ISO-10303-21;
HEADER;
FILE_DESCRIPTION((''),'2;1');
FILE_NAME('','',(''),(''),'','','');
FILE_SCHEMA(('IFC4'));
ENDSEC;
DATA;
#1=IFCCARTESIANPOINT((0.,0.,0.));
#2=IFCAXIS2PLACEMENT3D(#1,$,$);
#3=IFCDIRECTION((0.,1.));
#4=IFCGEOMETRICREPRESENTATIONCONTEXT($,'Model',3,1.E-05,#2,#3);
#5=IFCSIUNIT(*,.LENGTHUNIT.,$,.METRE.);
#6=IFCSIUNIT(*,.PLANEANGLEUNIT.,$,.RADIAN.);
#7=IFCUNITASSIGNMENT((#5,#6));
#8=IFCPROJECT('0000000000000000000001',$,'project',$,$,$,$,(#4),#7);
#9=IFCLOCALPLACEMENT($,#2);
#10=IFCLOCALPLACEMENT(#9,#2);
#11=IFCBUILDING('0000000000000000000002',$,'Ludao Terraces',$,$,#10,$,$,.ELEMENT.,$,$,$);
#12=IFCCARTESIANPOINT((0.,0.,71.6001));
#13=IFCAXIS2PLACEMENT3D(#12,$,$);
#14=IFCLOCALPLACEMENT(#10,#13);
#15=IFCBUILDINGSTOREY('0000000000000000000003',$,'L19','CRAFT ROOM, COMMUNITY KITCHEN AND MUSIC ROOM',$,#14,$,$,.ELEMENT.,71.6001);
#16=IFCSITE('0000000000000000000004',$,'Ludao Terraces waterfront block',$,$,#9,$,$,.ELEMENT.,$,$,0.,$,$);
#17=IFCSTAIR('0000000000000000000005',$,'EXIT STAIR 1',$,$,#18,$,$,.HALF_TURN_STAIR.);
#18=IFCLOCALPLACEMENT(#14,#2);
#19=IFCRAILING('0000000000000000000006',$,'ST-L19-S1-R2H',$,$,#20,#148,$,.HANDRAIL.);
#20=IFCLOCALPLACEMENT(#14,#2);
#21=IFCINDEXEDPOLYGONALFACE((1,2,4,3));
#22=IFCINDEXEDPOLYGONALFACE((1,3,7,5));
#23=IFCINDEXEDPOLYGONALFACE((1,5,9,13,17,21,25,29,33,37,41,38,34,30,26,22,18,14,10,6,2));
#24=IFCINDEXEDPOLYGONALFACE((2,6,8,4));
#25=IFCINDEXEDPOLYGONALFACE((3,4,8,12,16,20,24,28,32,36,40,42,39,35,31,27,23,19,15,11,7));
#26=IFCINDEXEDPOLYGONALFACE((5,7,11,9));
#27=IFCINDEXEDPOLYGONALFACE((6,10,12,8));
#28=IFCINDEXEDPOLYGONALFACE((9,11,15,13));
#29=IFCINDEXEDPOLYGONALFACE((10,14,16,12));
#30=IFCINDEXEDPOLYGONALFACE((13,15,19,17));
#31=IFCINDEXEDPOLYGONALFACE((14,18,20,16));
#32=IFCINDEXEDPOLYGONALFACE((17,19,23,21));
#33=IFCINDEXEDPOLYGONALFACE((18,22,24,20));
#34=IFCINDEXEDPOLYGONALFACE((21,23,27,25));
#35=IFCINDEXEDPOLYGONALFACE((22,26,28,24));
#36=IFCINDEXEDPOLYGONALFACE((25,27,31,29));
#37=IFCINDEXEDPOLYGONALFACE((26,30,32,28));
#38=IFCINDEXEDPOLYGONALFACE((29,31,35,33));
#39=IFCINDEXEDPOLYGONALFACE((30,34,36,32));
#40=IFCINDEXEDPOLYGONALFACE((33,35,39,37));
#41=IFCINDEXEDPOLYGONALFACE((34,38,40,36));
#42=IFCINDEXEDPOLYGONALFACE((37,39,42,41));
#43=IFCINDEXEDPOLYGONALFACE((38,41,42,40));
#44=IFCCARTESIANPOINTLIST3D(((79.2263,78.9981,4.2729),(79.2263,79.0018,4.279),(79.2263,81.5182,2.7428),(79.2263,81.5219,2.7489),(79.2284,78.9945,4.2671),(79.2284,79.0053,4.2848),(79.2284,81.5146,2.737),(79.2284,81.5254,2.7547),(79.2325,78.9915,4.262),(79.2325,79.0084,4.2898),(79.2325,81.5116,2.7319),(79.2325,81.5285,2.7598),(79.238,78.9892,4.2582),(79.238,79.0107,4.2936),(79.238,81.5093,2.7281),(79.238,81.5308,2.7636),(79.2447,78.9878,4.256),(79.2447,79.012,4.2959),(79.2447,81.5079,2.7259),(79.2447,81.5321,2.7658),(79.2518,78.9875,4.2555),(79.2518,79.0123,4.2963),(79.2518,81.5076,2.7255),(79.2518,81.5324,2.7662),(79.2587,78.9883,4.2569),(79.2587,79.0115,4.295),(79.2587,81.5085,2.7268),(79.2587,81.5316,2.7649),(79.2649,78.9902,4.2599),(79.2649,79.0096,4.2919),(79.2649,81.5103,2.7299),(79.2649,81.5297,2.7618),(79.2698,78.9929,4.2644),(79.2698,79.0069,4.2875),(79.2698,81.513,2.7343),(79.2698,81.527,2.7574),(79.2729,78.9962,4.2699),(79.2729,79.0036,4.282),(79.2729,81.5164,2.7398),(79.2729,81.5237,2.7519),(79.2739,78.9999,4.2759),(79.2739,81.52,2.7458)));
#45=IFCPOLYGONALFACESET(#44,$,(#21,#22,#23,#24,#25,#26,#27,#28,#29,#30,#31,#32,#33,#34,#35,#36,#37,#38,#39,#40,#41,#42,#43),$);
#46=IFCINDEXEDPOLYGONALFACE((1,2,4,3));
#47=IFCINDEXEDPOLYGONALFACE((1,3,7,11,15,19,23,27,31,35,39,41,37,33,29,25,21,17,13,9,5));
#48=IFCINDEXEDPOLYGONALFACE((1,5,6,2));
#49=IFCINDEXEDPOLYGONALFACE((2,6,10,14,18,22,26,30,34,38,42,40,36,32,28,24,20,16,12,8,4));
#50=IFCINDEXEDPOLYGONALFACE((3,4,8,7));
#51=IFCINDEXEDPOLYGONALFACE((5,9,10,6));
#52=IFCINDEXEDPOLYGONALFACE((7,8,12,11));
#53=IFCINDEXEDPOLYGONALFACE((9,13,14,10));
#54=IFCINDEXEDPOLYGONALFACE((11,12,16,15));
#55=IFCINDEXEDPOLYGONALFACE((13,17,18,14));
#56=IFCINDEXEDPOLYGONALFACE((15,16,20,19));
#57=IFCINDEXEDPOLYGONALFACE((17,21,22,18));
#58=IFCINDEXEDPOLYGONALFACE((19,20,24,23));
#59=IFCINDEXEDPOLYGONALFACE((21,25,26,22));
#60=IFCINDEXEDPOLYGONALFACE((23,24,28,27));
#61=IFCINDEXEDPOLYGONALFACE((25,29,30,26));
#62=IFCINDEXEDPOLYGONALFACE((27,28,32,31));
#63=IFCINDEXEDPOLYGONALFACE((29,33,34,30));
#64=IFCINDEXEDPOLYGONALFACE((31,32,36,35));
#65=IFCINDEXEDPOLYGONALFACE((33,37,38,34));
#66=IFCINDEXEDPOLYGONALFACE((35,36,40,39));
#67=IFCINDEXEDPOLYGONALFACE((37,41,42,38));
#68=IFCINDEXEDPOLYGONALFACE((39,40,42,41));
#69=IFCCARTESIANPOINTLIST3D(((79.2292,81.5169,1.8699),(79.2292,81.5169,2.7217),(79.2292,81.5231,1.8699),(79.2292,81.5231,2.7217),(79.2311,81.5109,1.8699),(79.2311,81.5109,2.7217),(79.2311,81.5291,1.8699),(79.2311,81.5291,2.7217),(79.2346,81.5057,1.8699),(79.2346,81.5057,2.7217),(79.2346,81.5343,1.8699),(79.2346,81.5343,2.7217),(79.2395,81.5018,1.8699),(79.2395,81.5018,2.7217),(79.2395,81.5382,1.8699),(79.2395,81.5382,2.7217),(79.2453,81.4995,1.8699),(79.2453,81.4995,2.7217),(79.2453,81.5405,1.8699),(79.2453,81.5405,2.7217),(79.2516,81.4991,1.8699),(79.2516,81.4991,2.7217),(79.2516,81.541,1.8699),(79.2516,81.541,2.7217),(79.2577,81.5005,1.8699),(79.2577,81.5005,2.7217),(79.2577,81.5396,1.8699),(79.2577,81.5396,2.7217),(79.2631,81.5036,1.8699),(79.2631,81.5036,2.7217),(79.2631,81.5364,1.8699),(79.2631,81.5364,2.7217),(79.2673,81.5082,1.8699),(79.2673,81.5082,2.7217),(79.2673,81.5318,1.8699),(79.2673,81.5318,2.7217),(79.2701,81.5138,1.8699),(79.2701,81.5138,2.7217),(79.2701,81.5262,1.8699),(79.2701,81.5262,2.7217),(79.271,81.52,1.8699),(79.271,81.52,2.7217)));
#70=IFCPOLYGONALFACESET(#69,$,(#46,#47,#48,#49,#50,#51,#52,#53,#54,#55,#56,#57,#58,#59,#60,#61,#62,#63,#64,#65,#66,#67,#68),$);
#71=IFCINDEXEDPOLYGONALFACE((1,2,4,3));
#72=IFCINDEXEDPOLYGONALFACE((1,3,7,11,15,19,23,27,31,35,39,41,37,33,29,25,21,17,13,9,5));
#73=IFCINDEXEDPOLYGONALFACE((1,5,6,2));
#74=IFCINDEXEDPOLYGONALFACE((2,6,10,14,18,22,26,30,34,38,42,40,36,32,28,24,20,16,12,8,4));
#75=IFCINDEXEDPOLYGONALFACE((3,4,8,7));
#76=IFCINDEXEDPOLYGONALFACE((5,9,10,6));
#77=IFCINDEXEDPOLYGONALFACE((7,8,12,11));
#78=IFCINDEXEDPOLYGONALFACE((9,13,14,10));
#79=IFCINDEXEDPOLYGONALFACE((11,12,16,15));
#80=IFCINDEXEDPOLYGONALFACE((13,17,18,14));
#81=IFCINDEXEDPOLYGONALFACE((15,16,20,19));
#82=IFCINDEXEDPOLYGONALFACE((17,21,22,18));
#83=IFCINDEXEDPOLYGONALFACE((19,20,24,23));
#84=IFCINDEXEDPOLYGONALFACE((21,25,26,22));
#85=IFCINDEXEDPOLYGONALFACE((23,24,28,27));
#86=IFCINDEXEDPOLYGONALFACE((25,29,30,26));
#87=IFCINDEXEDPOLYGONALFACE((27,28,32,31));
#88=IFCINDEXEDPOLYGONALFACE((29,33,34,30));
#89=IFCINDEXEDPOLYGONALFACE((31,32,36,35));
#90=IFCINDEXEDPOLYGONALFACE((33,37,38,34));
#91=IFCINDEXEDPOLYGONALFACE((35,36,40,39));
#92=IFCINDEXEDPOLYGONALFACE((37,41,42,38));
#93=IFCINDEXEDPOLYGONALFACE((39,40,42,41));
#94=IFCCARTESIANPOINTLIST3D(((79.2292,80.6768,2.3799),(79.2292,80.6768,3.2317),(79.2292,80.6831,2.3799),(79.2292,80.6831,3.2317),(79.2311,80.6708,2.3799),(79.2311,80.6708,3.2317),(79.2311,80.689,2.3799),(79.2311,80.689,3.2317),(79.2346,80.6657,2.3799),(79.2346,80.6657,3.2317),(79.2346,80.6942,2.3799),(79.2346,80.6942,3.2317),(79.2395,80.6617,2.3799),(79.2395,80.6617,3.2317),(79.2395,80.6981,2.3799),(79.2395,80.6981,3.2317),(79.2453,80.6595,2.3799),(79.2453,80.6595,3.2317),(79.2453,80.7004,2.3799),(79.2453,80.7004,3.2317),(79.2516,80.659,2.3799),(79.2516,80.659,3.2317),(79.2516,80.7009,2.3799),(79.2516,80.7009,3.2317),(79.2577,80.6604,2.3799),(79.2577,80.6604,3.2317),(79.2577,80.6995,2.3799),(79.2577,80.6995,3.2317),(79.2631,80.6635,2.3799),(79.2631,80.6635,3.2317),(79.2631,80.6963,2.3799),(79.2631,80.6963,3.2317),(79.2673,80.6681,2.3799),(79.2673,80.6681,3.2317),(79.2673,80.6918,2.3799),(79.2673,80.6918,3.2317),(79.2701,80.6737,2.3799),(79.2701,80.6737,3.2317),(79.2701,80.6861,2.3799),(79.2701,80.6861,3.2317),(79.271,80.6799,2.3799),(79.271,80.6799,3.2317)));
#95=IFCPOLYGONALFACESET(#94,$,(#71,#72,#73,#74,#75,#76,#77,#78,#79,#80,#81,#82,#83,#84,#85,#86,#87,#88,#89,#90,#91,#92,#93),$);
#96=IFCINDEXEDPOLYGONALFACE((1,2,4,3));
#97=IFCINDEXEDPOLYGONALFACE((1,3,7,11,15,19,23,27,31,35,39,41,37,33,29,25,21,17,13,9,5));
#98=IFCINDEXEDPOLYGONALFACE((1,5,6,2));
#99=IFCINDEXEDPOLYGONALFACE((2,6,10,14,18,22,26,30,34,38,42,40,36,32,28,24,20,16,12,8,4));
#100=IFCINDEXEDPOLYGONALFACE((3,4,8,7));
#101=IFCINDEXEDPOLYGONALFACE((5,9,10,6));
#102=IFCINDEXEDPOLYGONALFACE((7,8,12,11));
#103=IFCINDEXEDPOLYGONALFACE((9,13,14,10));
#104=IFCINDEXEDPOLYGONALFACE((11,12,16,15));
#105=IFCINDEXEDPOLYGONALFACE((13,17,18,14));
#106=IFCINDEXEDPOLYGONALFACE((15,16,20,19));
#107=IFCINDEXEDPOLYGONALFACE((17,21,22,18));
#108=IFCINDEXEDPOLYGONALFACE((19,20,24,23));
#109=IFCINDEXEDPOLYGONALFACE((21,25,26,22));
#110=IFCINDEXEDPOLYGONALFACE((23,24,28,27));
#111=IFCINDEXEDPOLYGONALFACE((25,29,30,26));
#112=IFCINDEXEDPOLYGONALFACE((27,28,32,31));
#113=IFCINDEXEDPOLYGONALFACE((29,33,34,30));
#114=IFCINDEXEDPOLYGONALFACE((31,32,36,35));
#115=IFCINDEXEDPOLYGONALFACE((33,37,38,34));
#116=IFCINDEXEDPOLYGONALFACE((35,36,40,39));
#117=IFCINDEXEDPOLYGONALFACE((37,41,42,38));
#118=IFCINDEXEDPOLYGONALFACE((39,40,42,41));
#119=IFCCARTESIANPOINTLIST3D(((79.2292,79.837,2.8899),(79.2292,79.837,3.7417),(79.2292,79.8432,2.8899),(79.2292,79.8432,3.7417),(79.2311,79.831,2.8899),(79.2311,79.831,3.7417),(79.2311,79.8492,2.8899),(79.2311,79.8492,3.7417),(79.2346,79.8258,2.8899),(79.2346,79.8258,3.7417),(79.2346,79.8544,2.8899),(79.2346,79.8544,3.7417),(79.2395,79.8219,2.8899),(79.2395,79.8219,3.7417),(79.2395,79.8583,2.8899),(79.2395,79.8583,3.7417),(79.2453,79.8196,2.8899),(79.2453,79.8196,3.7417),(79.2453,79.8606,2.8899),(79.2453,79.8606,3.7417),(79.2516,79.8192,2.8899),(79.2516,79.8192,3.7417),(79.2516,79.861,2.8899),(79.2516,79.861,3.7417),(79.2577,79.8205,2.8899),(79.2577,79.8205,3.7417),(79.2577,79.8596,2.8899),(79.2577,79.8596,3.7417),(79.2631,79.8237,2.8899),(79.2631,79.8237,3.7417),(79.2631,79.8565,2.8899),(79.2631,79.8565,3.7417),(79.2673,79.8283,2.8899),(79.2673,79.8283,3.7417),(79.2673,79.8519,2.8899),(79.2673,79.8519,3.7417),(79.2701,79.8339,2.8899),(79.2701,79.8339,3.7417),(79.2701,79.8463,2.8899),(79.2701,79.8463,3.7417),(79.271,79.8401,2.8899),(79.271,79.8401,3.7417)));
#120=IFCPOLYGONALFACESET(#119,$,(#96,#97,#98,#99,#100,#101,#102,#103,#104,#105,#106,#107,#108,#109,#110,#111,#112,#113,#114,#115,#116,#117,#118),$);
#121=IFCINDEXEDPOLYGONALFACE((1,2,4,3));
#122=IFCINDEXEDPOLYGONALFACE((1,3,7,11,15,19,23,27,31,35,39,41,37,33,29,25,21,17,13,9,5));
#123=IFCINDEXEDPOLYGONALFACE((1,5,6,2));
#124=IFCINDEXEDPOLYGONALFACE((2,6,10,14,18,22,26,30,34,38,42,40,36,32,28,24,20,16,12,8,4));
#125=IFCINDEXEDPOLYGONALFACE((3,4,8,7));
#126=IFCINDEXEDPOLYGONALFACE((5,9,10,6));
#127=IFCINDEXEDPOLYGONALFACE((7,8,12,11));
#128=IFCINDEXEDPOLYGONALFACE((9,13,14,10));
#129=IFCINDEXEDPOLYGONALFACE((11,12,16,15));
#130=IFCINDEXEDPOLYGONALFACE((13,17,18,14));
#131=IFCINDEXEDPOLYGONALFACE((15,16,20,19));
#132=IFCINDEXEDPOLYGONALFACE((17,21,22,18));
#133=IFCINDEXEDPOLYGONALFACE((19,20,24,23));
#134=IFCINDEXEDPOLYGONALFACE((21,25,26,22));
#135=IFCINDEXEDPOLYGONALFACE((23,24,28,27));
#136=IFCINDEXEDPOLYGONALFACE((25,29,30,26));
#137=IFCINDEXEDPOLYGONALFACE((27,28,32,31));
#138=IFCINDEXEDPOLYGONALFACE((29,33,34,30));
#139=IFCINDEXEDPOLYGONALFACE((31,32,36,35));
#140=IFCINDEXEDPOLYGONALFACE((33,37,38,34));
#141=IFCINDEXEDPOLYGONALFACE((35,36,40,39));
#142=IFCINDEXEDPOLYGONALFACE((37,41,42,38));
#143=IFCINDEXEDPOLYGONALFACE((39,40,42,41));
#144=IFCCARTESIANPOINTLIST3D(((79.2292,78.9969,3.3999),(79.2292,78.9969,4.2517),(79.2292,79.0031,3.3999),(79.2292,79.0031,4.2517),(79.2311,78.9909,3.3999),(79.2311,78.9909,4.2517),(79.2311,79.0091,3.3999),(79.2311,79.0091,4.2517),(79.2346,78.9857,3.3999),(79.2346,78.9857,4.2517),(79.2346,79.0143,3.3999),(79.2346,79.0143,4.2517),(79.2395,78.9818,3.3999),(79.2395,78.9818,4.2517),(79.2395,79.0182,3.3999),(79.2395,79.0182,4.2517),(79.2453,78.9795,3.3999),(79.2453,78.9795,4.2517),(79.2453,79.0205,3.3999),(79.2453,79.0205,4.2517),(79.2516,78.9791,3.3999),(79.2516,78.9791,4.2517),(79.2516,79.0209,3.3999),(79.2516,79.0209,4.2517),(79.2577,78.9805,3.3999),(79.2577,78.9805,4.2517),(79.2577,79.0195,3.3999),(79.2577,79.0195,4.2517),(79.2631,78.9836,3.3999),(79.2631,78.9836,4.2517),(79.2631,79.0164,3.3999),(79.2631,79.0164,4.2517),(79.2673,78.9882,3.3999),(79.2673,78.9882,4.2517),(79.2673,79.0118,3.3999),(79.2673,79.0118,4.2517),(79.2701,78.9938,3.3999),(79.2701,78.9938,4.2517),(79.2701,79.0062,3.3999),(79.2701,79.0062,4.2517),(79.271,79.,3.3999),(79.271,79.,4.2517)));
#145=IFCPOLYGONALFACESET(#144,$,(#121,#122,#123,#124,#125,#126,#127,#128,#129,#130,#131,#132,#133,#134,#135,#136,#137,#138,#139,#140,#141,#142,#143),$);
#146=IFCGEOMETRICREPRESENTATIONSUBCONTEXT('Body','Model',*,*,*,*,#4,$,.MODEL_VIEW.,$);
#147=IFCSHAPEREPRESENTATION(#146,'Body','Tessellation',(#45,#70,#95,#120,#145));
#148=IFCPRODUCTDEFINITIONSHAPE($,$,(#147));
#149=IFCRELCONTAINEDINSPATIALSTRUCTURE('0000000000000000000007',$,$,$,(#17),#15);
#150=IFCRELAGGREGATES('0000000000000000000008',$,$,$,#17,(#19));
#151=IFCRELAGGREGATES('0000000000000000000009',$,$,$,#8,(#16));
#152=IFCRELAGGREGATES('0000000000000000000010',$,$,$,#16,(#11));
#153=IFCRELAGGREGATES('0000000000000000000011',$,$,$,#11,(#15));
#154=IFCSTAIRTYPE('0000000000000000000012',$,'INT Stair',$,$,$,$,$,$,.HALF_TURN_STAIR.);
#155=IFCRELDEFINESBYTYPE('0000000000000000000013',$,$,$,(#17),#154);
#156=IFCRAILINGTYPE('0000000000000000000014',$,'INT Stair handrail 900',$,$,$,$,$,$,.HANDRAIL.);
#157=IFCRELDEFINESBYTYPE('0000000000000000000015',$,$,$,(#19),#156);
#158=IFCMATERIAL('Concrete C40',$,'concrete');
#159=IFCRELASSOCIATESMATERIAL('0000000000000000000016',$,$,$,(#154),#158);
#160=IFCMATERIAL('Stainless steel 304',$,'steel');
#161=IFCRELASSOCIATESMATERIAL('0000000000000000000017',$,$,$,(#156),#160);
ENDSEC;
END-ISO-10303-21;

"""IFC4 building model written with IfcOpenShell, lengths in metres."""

from ifc_helpers import new_model, si_unit, direction, frame, origin, origin_2d, place, context, subcontext, project, spatial, circle, extrude, material, type_object, element, aggregate, save


model = new_model("IFC4")

# Units and contexts
model_context = context("Model", 3, precision=1e-05, world=origin(), true_north=direction((0.0, 1.0)))
body_context = subcontext(model_context, "Body", "Model", "MODEL_VIEW")
ifc_project = project(units=[si_unit("LENGTHUNIT", "METRE"), si_unit("PLANEANGLEUNIT", "RADIAN")], contexts=[model_context])

# Site, building, storey
site_placement = place(None, origin())
site = spatial("IfcSite", under=ifc_project, at=site_placement, Name="Ludao Terraces waterfront block", CompositionType="ELEMENT", RefElevation=0.0)
building_placement = place(site_placement, origin())
building = spatial("IfcBuilding", under=site, at=building_placement, Name="Ludao Terraces", CompositionType="ELEMENT")
storey_placement = place(building_placement, frame((0.0, 0.0, 71.6001)))
storey = spatial("IfcBuildingStorey", under=building, at=storey_placement, Name="L19", Description="CRAFT ROOM, COMMUNITY KITCHEN AND MUSIC ROOM", CompositionType="ELEMENT", Elevation=71.6001)

# Shared definitions
ifc_material_1 = material(Name="Concrete C40", Category="concrete")

# Shared definitions
ifc_material_2 = material(Name="Stainless steel 304", Category="steel")

# Stair, railing
stair_type = type_object("IfcStairType", Name="INT Stair", PredefinedType="HALF_TURN_STAIR", material=ifc_material_1)
stair_placement = place(storey_placement, origin())
stair = element("IfcStair", 1, at=stair_placement, inside=storey, type_object=stair_type, Name="EXIT STAIR 1", PredefinedType="HALF_TURN_STAIR")
railing_type_1 = type_object("IfcRailingType", Name="INT Stair handrail 900", PredefinedType="HANDRAIL", material=ifc_material_2)
railing_1_placement = place(storey_placement, frame((79.25, 81.52, 1.8699)))
railing_1 = element("IfcRailing", 2, at=railing_1_placement, type_object=railing_type_1, Name="ST-L19-S1-R2H", PredefinedType="HANDRAIL", context=body_context, shape_type="SweptSolid", body=[
    extrude(circle(Radius=0.0239, at=origin_2d()), frame((0.0, 0.0, 0.876), z_axis=(0.0, -0.854785, 0.518982), x_axis=(1.0, 0.0, 0.0)), (0.0, 0.0, 1.0), 2.9482),
    extrude(circle(Radius=0.021, at=origin_2d()), origin(), (0.0, 0.0, 1.0), 0.8518),
    extrude(circle(Radius=0.021, at=origin_2d()), frame((0.0, -0.8401, 0.51)), (0.0, 0.0, 1.0), 0.8518),
    extrude(circle(Radius=0.021, at=origin_2d()), frame((0.0, -1.6799, 1.02)), (0.0, 0.0, 1.0), 0.8518),
    extrude(circle(Radius=0.021, at=origin_2d()), frame((0.0, -2.52, 1.53)), (0.0, 0.0, 1.0), 0.8518),
])
aggregate(stair, [railing_1])

save(model, "model.ifc")
